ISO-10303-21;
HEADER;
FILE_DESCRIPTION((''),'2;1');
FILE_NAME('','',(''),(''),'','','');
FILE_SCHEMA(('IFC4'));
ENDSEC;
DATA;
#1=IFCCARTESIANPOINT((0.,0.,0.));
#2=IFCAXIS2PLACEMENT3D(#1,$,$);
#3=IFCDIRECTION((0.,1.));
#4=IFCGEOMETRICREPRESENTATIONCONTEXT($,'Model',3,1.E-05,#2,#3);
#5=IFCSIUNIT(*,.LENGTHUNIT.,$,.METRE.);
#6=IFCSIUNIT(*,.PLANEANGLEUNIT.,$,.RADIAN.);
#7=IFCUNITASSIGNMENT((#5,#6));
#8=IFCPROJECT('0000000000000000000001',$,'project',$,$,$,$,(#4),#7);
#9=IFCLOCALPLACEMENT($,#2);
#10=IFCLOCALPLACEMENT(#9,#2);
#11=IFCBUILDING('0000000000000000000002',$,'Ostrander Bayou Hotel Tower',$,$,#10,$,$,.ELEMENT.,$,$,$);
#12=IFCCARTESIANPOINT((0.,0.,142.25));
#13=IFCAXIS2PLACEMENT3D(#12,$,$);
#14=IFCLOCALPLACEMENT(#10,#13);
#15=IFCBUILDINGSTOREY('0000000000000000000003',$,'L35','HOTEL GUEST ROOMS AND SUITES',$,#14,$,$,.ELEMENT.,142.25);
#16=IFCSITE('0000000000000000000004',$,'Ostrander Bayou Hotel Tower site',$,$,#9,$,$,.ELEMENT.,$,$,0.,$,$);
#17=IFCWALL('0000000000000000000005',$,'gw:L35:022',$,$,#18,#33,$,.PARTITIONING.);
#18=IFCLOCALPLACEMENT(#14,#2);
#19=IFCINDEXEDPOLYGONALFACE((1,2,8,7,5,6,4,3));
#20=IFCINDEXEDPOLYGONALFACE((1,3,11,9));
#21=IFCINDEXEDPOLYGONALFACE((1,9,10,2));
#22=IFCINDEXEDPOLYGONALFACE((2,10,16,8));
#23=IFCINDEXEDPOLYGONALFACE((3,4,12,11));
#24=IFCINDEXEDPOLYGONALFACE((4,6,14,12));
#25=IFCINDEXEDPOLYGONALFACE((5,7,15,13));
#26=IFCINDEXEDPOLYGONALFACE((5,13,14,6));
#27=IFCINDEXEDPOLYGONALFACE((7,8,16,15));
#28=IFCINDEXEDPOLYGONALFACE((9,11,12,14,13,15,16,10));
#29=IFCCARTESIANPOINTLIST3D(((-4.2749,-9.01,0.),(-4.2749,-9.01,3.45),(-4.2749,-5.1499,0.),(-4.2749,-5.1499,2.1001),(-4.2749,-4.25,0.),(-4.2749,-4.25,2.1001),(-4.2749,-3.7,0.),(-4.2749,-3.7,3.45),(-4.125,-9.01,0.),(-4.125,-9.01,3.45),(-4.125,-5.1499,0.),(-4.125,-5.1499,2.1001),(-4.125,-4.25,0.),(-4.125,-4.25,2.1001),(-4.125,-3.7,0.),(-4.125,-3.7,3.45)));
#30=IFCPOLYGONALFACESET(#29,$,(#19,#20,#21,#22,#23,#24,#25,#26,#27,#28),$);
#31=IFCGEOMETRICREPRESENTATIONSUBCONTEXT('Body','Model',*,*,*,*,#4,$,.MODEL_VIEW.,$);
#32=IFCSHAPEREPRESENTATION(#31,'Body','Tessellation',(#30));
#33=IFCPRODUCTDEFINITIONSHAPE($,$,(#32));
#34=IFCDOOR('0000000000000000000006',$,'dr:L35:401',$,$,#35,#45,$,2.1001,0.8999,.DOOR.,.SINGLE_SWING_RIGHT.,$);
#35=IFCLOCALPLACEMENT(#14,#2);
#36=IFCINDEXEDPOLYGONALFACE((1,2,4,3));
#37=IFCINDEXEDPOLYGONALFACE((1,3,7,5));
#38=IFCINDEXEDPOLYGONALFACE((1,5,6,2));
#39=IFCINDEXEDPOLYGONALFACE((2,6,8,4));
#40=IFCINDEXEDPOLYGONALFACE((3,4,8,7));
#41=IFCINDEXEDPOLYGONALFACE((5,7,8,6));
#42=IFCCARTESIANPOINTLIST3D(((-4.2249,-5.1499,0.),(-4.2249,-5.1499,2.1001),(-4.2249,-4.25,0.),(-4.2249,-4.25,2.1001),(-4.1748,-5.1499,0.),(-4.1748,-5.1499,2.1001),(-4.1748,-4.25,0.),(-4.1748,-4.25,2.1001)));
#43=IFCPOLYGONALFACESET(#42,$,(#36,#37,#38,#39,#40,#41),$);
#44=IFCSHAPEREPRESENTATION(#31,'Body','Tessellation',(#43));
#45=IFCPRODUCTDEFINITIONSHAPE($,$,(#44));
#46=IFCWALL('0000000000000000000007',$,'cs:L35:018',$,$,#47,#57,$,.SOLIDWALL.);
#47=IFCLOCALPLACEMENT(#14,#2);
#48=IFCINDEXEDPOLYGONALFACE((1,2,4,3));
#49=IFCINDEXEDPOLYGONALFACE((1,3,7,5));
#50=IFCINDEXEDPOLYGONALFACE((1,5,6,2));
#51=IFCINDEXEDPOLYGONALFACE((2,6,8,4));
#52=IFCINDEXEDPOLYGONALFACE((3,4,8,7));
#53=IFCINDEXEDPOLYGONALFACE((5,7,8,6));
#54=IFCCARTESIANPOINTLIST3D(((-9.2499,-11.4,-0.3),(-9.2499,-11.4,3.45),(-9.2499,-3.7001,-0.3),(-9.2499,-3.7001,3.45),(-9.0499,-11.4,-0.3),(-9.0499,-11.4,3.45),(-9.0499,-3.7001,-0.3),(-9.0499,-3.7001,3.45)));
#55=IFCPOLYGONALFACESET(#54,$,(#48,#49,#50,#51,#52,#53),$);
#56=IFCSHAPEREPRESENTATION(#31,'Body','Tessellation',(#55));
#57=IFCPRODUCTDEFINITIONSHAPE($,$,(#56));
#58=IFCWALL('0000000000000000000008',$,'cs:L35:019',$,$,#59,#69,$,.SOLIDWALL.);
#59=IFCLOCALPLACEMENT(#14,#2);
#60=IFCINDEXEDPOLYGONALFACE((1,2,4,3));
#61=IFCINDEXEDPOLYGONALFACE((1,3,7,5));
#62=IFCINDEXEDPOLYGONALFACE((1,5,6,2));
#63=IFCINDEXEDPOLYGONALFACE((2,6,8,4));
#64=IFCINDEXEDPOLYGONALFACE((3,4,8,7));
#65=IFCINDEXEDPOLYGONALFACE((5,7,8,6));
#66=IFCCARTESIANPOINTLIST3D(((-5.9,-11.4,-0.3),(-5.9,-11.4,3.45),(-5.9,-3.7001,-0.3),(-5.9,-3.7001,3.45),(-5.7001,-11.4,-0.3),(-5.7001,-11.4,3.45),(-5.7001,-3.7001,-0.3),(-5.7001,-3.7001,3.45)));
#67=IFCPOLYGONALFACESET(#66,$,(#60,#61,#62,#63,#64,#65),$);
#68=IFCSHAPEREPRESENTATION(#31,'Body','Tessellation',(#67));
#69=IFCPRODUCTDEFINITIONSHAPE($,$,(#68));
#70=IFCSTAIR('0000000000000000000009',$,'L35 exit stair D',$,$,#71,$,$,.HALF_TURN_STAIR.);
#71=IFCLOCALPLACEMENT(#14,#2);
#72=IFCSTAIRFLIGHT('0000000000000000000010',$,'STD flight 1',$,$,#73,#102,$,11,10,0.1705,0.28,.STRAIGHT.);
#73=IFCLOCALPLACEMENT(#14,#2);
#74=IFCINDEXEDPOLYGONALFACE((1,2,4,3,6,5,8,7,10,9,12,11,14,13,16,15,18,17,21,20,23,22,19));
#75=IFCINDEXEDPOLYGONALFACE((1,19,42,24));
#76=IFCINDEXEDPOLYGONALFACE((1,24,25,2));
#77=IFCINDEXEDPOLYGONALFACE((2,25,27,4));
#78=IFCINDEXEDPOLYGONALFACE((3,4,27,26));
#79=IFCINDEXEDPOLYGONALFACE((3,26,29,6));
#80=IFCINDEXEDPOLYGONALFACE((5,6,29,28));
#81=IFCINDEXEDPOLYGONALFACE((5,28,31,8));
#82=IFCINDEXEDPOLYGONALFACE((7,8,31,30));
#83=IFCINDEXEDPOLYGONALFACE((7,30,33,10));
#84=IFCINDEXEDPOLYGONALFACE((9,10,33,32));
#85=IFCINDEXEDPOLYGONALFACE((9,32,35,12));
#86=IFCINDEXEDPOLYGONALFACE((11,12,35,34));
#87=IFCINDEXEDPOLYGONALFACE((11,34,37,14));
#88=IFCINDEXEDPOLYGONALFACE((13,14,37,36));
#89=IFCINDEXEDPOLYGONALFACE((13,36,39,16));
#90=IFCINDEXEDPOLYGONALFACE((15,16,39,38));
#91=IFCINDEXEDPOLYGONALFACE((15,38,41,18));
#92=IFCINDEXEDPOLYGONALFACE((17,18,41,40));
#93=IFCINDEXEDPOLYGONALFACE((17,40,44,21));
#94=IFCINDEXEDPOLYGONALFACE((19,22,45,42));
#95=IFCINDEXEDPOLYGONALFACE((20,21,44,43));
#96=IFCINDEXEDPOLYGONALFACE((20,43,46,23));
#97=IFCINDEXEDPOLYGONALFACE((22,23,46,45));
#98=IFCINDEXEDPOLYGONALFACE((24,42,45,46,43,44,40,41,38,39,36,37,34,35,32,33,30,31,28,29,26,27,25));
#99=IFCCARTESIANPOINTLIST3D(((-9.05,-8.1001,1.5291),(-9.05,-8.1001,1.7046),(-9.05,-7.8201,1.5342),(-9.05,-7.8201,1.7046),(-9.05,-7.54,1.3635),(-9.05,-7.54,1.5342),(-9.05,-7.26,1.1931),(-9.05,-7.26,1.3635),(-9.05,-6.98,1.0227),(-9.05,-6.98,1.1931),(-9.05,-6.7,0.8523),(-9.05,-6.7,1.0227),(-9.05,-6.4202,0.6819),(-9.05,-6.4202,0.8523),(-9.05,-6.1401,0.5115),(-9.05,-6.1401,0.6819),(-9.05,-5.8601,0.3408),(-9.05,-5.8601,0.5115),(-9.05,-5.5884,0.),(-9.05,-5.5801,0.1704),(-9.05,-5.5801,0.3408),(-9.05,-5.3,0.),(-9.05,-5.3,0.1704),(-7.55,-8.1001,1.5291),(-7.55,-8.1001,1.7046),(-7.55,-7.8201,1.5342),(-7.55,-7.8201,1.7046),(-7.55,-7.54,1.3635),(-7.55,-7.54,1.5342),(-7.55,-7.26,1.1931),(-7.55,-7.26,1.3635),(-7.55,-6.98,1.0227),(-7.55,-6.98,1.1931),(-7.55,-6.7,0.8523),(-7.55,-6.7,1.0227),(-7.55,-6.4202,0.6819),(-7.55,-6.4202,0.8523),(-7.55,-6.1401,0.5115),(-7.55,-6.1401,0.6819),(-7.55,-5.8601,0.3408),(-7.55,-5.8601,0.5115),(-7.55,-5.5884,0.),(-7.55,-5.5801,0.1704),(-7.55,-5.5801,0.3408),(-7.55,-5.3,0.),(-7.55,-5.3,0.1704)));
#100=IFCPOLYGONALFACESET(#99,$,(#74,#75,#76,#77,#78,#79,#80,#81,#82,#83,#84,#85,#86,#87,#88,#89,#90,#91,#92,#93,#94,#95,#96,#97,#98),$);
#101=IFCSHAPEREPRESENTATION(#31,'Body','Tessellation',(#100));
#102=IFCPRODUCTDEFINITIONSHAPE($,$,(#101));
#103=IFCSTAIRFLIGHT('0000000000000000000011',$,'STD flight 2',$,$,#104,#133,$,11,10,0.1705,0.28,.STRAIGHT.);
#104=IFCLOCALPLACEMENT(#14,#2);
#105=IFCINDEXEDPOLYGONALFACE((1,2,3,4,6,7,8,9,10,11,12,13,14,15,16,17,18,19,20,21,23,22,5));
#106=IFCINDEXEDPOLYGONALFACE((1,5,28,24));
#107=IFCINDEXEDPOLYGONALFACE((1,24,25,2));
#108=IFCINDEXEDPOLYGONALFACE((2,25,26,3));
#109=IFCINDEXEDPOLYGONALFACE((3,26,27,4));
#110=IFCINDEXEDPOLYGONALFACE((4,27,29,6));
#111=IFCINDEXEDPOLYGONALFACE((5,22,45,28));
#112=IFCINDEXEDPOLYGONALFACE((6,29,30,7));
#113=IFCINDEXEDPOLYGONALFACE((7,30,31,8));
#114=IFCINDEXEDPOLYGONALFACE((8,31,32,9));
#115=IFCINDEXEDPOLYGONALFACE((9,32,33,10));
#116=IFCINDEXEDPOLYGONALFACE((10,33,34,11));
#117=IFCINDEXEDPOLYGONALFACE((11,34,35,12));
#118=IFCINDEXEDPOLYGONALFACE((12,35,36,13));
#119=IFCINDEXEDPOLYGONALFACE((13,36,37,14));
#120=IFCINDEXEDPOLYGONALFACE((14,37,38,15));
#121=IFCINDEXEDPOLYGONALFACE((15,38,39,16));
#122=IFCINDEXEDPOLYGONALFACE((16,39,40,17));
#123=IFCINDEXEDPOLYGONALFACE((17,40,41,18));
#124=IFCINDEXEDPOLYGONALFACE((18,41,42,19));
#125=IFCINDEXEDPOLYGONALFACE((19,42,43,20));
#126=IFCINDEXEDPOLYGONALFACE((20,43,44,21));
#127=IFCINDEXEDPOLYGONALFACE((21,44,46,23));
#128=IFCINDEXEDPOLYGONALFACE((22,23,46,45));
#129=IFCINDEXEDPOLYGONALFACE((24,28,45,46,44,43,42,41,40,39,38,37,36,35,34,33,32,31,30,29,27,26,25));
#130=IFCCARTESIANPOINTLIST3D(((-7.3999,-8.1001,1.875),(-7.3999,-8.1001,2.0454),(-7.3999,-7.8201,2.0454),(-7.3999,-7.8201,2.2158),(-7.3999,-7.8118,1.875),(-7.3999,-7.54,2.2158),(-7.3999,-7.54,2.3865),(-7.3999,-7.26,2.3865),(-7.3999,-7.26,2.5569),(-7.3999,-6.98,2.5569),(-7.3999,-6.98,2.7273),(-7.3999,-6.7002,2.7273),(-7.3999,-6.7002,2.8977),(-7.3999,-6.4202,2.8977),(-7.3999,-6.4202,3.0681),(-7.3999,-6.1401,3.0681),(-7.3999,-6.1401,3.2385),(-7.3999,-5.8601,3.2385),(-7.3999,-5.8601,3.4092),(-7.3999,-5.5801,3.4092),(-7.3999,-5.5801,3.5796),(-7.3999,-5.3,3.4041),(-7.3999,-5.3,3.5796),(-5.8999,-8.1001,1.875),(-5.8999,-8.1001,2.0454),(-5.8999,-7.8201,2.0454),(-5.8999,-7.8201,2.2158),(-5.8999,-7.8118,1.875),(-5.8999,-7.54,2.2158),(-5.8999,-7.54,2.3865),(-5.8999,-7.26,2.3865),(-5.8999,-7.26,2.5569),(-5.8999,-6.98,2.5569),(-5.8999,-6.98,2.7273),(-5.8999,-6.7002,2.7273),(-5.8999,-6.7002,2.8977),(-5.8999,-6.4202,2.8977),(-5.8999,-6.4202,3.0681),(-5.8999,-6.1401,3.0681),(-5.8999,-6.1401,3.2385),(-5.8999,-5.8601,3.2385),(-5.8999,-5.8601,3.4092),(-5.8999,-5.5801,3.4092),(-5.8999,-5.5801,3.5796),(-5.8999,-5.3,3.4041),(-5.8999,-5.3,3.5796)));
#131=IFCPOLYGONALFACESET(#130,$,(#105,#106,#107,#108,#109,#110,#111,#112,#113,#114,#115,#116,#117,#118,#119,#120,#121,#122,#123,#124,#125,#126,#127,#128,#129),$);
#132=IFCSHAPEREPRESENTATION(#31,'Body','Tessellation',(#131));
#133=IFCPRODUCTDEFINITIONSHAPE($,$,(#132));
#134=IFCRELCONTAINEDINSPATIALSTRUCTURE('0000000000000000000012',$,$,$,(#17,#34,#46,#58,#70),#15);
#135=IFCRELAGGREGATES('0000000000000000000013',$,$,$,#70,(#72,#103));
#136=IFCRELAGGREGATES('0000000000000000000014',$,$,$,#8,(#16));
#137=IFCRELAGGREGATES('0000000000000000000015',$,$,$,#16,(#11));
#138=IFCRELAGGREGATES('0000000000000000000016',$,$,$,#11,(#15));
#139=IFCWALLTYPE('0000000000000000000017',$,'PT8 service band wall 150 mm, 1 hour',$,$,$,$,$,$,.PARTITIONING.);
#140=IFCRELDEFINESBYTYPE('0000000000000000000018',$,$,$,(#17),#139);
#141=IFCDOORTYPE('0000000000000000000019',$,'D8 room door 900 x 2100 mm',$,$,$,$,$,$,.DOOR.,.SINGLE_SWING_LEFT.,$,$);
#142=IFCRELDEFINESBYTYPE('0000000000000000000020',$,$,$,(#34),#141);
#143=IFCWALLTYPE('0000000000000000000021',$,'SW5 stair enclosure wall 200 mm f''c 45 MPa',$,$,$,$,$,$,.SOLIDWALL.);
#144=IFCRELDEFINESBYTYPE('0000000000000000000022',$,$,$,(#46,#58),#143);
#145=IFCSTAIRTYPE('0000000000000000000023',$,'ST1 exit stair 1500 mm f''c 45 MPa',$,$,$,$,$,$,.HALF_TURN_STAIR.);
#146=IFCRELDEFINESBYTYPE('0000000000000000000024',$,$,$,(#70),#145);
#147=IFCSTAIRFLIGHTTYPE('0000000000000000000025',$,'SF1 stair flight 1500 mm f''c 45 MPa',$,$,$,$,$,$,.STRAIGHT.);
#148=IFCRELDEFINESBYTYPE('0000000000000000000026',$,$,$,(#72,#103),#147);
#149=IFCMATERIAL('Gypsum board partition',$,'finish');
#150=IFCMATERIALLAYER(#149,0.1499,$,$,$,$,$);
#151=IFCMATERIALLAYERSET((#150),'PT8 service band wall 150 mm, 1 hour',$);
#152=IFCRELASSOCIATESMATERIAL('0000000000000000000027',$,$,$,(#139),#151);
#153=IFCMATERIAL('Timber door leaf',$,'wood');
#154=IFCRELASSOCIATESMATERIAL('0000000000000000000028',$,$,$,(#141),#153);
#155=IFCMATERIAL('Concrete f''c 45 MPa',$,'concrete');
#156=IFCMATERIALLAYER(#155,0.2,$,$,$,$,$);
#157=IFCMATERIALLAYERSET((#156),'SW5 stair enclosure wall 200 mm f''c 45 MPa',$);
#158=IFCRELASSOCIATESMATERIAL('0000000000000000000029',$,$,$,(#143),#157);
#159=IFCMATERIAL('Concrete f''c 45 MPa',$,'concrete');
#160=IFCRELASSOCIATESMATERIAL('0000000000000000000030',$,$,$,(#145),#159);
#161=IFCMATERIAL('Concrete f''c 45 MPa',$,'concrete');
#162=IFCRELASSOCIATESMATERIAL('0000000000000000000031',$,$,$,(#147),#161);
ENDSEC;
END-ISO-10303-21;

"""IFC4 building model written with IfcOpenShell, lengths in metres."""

from ifc_helpers import new_model, si_unit, direction, frame, frame_2d, origin, place, context, subcontext, project, spatial, polyline, rectangle, outline, extrude, material, layer, layer_set, type_object, element, fill, aggregate, save


model = new_model("IFC4")

# Units and contexts
model_context = context("Model", 3, precision=1e-05, world=origin(), true_north=direction((0.0, 1.0)))
body_context = subcontext(model_context, "Body", "Model", "MODEL_VIEW")
ifc_project = project(units=[si_unit("LENGTHUNIT", "METRE"), si_unit("PLANEANGLEUNIT", "RADIAN")], contexts=[model_context])

# Site, building, storey
site_placement = place(None, origin())
site = spatial("IfcSite", under=ifc_project, at=site_placement, Name="Ostrander Bayou Hotel Tower site", CompositionType="ELEMENT", RefElevation=0.0)
building_placement = place(site_placement, origin())
building = spatial("IfcBuilding", under=site, at=building_placement, Name="Ostrander Bayou Hotel Tower", CompositionType="ELEMENT")
storey_placement = place(building_placement, frame((0.0, 0.0, 142.25)))
storey = spatial("IfcBuildingStorey", under=building, at=storey_placement, Name="L35", Description="HOTEL GUEST ROOMS AND SUITES", CompositionType="ELEMENT", Elevation=142.25)

# Shared definitions
ifc_material_1 = material(Name="Gypsum board partition", Category="finish")
ifc_layer_1 = layer(ifc_material_1, 0.1499)
ifc_layer_set_1 = layer_set([ifc_layer_1], Name="PT8 service band wall 150 mm, 1 hour")
wall_type_1 = type_object("IfcWallType", Name="PT8 service band wall 150 mm, 1 hour", PredefinedType="PARTITIONING", material=ifc_layer_set_1)

# Wall, opening, door
wall_1_placement = place(storey_placement, frame((-4.2, -9.01, 0.0), z_axis=(0.0, 0.0, 1.0), x_axis=(0.0, 1.0, 0.0)))
wall_1 = element("IfcWall", 1, at=wall_1_placement, inside=storey, type_object=wall_type_1, Name="gw:L35:022", PredefinedType="PARTITIONING", context=body_context, shape_type="SweptSolid", body=[
    extrude(rectangle(XDim=5.3101, YDim=0.1499, at=frame_2d((2.655, 0.0))), origin(), (0.0, 0.0, 1.0), 3.45),
])
opening_1_placement = place(wall_1_placement, frame((3.8601, 0.0, 0.0)))
opening_1 = element("IfcOpeningElement", 2, at=opening_1_placement, cuts=wall_1, PredefinedType="OPENING", context=body_context, shape_type="SweptSolid", body=[
    extrude(rectangle(XDim=0.8999, YDim=2.1001, at=frame_2d((0.45, 1.05))), frame((0.0, 0.075, 0.0), z_axis=(0.0, -1.0, 0.0), x_axis=(1.0, 0.0, 0.0)), (0.0, 0.0, 1.0), 0.1499),
])
ifc_material_2 = material(Name="Timber door leaf", Category="wood")
door_type_1 = type_object("IfcDoorType", Name="D8 room door 900 x 2100 mm", OperationType="SINGLE_SWING_LEFT", PredefinedType="DOOR", material=ifc_material_2)
door_1_placement = place(opening_1_placement, origin())
door_1 = element("IfcDoor", 3, at=door_1_placement, inside=storey, type_object=door_type_1, Name="dr:L35:401", OperationType="SINGLE_SWING_RIGHT", OverallHeight=2.1001, OverallWidth=0.8999, PredefinedType="DOOR", context=body_context, shape_type="SweptSolid", body=[
    extrude(rectangle(XDim=0.8999, YDim=2.1001, at=frame_2d((0.45, 1.05))), frame((0.0, 0.0249, 0.0), z_axis=(0.0, -1.0, 0.0), x_axis=(1.0, 0.0, 0.0)), (0.0, 0.0, 1.0), 0.05),
])
fill(opening_1, door_1)
ifc_material_3 = material(Name="Concrete f'c 45 MPa", Category="concrete")
ifc_layer_2 = layer(ifc_material_3, 0.2)
ifc_layer_set_2 = layer_set([ifc_layer_2], Name="SW5 stair enclosure wall 200 mm f'c 45 MPa")
wall_type_2 = type_object("IfcWallType", Name="SW5 stair enclosure wall 200 mm f'c 45 MPa", PredefinedType="SOLIDWALL", material=ifc_layer_set_2)

# Walls
for number, where, z_axis, x_axis, name in (
    (4, (-9.1499, -3.7, -0.3), (0.0, 0.0, 1.0), (0.0, -1.0, 0.0), "cs:L35:018"),
    (5, (-5.8, -3.7, -0.3), (0.0, 0.0, 1.0), (0.0, -1.0, 0.0), "cs:L35:019"),
):
    element("IfcWall", number, at=place(storey_placement, frame(where, z_axis=z_axis, x_axis=x_axis)), inside=storey, type_object=wall_type_2, Name=name, PredefinedType="SOLIDWALL", context=body_context, shape_type="SweptSolid", body=[
        extrude(rectangle(XDim=7.7, YDim=0.2, at=frame_2d((3.8501, 0.0))), origin(), (0.0, 0.0, 1.0), 3.75),
    ])

# Stair, stair flights
ifc_material_4 = material(Name="Concrete f'c 45 MPa", Category="concrete")
stair_type = type_object("IfcStairType", Name="ST1 exit stair 1500 mm f'c 45 MPa", PredefinedType="HALF_TURN_STAIR", material=ifc_material_4)
stair_placement = place(storey_placement, origin())
stair = element("IfcStair", 6, at=stair_placement, inside=storey, type_object=stair_type, Name="L35 exit stair D", PredefinedType="HALF_TURN_STAIR")
ifc_material_5 = material(Name="Concrete f'c 45 MPa", Category="concrete")
stair_flight_type = type_object("IfcStairFlightType", Name="SF1 stair flight 1500 mm f'c 45 MPa", PredefinedType="STRAIGHT", material=ifc_material_5)
stair_flight_1_placement = place(storey_placement, frame((-8.3, -5.3, 0.0), z_axis=(0.0, 0.0, 1.0), x_axis=(0.0, -1.0, 0.0)))
stair_flight_1 = element("IfcStairFlight", 7, at=stair_flight_1_placement, type_object=stair_flight_type, Name="STD flight 1", NumberOfRisers=11, NumberOfTreads=10, PredefinedType="STRAIGHT", RiserHeight=0.1705, TreadLength=0.28, context=body_context, shape_type="SweptSolid", body=[
    extrude(outline(polyline([(0.0, 0.0), (0.0, 0.1704), (0.28, 0.1704), (0.28, 0.3408), (0.5601, 0.3408), (0.5601, 0.5115), (0.8401, 0.5115), (0.8401, 0.6819), (1.1201, 0.6819), (1.1201, 0.8523), (1.3999, 0.8523), (1.3999, 1.0227), (1.6799, 1.0227), (1.6799, 1.1931), (1.96, 1.1931), (1.96, 1.3635), (2.24, 1.3635), (2.24, 1.5342), (2.52, 1.5342), (2.52, 1.7046), (2.8, 1.7046), (2.8, 1.875), (2.8, 1.5291), (0.2883, 0.0), (0.0, 0.0)])), frame((0.0, 0.75, 0.0), z_axis=(0.0, -1.0, 0.0), x_axis=(1.0, 0.0, 0.0)), (0.0, 0.0, 1.0), 1.5),
])
stair_flight_2_placement = place(storey_placement, frame((-6.6499, -8.1001, 1.875), z_axis=(0.0, 0.0, 1.0), x_axis=(0.0, 1.0, 0.0)))
stair_flight_2 = element("IfcStairFlight", 8, at=stair_flight_2_placement, type_object=stair_flight_type, Name="STD flight 2", NumberOfRisers=11, NumberOfTreads=10, PredefinedType="STRAIGHT", RiserHeight=0.1705, TreadLength=0.28, context=body_context, shape_type="SweptSolid", body=[
    extrude(outline(polyline([(0.0, 0.0), (0.0, 0.1704), (0.28, 0.1704), (0.28, 0.3408), (0.5601, 0.3408), (0.5601, 0.5115), (0.8401, 0.5115), (0.8401, 0.6819), (1.1201, 0.6819), (1.1201, 0.8523), (1.3999, 0.8523), (1.3999, 1.0227), (1.6799, 1.0227), (1.6799, 1.1931), (1.96, 1.1931), (1.96, 1.3635), (2.24, 1.3635), (2.24, 1.5342), (2.52, 1.5342), (2.52, 1.7046), (2.8, 1.7046), (2.8, 1.875), (2.8, 1.5291), (0.2883, 0.0), (0.0, 0.0)])), frame((0.0, 0.75, 0.0), z_axis=(0.0, -1.0, 0.0), x_axis=(1.0, 0.0, 0.0)), (0.0, 0.0, 1.0), 1.5),
])
aggregate(stair, [stair_flight_1, stair_flight_2])

save(model, "model.ifc")
